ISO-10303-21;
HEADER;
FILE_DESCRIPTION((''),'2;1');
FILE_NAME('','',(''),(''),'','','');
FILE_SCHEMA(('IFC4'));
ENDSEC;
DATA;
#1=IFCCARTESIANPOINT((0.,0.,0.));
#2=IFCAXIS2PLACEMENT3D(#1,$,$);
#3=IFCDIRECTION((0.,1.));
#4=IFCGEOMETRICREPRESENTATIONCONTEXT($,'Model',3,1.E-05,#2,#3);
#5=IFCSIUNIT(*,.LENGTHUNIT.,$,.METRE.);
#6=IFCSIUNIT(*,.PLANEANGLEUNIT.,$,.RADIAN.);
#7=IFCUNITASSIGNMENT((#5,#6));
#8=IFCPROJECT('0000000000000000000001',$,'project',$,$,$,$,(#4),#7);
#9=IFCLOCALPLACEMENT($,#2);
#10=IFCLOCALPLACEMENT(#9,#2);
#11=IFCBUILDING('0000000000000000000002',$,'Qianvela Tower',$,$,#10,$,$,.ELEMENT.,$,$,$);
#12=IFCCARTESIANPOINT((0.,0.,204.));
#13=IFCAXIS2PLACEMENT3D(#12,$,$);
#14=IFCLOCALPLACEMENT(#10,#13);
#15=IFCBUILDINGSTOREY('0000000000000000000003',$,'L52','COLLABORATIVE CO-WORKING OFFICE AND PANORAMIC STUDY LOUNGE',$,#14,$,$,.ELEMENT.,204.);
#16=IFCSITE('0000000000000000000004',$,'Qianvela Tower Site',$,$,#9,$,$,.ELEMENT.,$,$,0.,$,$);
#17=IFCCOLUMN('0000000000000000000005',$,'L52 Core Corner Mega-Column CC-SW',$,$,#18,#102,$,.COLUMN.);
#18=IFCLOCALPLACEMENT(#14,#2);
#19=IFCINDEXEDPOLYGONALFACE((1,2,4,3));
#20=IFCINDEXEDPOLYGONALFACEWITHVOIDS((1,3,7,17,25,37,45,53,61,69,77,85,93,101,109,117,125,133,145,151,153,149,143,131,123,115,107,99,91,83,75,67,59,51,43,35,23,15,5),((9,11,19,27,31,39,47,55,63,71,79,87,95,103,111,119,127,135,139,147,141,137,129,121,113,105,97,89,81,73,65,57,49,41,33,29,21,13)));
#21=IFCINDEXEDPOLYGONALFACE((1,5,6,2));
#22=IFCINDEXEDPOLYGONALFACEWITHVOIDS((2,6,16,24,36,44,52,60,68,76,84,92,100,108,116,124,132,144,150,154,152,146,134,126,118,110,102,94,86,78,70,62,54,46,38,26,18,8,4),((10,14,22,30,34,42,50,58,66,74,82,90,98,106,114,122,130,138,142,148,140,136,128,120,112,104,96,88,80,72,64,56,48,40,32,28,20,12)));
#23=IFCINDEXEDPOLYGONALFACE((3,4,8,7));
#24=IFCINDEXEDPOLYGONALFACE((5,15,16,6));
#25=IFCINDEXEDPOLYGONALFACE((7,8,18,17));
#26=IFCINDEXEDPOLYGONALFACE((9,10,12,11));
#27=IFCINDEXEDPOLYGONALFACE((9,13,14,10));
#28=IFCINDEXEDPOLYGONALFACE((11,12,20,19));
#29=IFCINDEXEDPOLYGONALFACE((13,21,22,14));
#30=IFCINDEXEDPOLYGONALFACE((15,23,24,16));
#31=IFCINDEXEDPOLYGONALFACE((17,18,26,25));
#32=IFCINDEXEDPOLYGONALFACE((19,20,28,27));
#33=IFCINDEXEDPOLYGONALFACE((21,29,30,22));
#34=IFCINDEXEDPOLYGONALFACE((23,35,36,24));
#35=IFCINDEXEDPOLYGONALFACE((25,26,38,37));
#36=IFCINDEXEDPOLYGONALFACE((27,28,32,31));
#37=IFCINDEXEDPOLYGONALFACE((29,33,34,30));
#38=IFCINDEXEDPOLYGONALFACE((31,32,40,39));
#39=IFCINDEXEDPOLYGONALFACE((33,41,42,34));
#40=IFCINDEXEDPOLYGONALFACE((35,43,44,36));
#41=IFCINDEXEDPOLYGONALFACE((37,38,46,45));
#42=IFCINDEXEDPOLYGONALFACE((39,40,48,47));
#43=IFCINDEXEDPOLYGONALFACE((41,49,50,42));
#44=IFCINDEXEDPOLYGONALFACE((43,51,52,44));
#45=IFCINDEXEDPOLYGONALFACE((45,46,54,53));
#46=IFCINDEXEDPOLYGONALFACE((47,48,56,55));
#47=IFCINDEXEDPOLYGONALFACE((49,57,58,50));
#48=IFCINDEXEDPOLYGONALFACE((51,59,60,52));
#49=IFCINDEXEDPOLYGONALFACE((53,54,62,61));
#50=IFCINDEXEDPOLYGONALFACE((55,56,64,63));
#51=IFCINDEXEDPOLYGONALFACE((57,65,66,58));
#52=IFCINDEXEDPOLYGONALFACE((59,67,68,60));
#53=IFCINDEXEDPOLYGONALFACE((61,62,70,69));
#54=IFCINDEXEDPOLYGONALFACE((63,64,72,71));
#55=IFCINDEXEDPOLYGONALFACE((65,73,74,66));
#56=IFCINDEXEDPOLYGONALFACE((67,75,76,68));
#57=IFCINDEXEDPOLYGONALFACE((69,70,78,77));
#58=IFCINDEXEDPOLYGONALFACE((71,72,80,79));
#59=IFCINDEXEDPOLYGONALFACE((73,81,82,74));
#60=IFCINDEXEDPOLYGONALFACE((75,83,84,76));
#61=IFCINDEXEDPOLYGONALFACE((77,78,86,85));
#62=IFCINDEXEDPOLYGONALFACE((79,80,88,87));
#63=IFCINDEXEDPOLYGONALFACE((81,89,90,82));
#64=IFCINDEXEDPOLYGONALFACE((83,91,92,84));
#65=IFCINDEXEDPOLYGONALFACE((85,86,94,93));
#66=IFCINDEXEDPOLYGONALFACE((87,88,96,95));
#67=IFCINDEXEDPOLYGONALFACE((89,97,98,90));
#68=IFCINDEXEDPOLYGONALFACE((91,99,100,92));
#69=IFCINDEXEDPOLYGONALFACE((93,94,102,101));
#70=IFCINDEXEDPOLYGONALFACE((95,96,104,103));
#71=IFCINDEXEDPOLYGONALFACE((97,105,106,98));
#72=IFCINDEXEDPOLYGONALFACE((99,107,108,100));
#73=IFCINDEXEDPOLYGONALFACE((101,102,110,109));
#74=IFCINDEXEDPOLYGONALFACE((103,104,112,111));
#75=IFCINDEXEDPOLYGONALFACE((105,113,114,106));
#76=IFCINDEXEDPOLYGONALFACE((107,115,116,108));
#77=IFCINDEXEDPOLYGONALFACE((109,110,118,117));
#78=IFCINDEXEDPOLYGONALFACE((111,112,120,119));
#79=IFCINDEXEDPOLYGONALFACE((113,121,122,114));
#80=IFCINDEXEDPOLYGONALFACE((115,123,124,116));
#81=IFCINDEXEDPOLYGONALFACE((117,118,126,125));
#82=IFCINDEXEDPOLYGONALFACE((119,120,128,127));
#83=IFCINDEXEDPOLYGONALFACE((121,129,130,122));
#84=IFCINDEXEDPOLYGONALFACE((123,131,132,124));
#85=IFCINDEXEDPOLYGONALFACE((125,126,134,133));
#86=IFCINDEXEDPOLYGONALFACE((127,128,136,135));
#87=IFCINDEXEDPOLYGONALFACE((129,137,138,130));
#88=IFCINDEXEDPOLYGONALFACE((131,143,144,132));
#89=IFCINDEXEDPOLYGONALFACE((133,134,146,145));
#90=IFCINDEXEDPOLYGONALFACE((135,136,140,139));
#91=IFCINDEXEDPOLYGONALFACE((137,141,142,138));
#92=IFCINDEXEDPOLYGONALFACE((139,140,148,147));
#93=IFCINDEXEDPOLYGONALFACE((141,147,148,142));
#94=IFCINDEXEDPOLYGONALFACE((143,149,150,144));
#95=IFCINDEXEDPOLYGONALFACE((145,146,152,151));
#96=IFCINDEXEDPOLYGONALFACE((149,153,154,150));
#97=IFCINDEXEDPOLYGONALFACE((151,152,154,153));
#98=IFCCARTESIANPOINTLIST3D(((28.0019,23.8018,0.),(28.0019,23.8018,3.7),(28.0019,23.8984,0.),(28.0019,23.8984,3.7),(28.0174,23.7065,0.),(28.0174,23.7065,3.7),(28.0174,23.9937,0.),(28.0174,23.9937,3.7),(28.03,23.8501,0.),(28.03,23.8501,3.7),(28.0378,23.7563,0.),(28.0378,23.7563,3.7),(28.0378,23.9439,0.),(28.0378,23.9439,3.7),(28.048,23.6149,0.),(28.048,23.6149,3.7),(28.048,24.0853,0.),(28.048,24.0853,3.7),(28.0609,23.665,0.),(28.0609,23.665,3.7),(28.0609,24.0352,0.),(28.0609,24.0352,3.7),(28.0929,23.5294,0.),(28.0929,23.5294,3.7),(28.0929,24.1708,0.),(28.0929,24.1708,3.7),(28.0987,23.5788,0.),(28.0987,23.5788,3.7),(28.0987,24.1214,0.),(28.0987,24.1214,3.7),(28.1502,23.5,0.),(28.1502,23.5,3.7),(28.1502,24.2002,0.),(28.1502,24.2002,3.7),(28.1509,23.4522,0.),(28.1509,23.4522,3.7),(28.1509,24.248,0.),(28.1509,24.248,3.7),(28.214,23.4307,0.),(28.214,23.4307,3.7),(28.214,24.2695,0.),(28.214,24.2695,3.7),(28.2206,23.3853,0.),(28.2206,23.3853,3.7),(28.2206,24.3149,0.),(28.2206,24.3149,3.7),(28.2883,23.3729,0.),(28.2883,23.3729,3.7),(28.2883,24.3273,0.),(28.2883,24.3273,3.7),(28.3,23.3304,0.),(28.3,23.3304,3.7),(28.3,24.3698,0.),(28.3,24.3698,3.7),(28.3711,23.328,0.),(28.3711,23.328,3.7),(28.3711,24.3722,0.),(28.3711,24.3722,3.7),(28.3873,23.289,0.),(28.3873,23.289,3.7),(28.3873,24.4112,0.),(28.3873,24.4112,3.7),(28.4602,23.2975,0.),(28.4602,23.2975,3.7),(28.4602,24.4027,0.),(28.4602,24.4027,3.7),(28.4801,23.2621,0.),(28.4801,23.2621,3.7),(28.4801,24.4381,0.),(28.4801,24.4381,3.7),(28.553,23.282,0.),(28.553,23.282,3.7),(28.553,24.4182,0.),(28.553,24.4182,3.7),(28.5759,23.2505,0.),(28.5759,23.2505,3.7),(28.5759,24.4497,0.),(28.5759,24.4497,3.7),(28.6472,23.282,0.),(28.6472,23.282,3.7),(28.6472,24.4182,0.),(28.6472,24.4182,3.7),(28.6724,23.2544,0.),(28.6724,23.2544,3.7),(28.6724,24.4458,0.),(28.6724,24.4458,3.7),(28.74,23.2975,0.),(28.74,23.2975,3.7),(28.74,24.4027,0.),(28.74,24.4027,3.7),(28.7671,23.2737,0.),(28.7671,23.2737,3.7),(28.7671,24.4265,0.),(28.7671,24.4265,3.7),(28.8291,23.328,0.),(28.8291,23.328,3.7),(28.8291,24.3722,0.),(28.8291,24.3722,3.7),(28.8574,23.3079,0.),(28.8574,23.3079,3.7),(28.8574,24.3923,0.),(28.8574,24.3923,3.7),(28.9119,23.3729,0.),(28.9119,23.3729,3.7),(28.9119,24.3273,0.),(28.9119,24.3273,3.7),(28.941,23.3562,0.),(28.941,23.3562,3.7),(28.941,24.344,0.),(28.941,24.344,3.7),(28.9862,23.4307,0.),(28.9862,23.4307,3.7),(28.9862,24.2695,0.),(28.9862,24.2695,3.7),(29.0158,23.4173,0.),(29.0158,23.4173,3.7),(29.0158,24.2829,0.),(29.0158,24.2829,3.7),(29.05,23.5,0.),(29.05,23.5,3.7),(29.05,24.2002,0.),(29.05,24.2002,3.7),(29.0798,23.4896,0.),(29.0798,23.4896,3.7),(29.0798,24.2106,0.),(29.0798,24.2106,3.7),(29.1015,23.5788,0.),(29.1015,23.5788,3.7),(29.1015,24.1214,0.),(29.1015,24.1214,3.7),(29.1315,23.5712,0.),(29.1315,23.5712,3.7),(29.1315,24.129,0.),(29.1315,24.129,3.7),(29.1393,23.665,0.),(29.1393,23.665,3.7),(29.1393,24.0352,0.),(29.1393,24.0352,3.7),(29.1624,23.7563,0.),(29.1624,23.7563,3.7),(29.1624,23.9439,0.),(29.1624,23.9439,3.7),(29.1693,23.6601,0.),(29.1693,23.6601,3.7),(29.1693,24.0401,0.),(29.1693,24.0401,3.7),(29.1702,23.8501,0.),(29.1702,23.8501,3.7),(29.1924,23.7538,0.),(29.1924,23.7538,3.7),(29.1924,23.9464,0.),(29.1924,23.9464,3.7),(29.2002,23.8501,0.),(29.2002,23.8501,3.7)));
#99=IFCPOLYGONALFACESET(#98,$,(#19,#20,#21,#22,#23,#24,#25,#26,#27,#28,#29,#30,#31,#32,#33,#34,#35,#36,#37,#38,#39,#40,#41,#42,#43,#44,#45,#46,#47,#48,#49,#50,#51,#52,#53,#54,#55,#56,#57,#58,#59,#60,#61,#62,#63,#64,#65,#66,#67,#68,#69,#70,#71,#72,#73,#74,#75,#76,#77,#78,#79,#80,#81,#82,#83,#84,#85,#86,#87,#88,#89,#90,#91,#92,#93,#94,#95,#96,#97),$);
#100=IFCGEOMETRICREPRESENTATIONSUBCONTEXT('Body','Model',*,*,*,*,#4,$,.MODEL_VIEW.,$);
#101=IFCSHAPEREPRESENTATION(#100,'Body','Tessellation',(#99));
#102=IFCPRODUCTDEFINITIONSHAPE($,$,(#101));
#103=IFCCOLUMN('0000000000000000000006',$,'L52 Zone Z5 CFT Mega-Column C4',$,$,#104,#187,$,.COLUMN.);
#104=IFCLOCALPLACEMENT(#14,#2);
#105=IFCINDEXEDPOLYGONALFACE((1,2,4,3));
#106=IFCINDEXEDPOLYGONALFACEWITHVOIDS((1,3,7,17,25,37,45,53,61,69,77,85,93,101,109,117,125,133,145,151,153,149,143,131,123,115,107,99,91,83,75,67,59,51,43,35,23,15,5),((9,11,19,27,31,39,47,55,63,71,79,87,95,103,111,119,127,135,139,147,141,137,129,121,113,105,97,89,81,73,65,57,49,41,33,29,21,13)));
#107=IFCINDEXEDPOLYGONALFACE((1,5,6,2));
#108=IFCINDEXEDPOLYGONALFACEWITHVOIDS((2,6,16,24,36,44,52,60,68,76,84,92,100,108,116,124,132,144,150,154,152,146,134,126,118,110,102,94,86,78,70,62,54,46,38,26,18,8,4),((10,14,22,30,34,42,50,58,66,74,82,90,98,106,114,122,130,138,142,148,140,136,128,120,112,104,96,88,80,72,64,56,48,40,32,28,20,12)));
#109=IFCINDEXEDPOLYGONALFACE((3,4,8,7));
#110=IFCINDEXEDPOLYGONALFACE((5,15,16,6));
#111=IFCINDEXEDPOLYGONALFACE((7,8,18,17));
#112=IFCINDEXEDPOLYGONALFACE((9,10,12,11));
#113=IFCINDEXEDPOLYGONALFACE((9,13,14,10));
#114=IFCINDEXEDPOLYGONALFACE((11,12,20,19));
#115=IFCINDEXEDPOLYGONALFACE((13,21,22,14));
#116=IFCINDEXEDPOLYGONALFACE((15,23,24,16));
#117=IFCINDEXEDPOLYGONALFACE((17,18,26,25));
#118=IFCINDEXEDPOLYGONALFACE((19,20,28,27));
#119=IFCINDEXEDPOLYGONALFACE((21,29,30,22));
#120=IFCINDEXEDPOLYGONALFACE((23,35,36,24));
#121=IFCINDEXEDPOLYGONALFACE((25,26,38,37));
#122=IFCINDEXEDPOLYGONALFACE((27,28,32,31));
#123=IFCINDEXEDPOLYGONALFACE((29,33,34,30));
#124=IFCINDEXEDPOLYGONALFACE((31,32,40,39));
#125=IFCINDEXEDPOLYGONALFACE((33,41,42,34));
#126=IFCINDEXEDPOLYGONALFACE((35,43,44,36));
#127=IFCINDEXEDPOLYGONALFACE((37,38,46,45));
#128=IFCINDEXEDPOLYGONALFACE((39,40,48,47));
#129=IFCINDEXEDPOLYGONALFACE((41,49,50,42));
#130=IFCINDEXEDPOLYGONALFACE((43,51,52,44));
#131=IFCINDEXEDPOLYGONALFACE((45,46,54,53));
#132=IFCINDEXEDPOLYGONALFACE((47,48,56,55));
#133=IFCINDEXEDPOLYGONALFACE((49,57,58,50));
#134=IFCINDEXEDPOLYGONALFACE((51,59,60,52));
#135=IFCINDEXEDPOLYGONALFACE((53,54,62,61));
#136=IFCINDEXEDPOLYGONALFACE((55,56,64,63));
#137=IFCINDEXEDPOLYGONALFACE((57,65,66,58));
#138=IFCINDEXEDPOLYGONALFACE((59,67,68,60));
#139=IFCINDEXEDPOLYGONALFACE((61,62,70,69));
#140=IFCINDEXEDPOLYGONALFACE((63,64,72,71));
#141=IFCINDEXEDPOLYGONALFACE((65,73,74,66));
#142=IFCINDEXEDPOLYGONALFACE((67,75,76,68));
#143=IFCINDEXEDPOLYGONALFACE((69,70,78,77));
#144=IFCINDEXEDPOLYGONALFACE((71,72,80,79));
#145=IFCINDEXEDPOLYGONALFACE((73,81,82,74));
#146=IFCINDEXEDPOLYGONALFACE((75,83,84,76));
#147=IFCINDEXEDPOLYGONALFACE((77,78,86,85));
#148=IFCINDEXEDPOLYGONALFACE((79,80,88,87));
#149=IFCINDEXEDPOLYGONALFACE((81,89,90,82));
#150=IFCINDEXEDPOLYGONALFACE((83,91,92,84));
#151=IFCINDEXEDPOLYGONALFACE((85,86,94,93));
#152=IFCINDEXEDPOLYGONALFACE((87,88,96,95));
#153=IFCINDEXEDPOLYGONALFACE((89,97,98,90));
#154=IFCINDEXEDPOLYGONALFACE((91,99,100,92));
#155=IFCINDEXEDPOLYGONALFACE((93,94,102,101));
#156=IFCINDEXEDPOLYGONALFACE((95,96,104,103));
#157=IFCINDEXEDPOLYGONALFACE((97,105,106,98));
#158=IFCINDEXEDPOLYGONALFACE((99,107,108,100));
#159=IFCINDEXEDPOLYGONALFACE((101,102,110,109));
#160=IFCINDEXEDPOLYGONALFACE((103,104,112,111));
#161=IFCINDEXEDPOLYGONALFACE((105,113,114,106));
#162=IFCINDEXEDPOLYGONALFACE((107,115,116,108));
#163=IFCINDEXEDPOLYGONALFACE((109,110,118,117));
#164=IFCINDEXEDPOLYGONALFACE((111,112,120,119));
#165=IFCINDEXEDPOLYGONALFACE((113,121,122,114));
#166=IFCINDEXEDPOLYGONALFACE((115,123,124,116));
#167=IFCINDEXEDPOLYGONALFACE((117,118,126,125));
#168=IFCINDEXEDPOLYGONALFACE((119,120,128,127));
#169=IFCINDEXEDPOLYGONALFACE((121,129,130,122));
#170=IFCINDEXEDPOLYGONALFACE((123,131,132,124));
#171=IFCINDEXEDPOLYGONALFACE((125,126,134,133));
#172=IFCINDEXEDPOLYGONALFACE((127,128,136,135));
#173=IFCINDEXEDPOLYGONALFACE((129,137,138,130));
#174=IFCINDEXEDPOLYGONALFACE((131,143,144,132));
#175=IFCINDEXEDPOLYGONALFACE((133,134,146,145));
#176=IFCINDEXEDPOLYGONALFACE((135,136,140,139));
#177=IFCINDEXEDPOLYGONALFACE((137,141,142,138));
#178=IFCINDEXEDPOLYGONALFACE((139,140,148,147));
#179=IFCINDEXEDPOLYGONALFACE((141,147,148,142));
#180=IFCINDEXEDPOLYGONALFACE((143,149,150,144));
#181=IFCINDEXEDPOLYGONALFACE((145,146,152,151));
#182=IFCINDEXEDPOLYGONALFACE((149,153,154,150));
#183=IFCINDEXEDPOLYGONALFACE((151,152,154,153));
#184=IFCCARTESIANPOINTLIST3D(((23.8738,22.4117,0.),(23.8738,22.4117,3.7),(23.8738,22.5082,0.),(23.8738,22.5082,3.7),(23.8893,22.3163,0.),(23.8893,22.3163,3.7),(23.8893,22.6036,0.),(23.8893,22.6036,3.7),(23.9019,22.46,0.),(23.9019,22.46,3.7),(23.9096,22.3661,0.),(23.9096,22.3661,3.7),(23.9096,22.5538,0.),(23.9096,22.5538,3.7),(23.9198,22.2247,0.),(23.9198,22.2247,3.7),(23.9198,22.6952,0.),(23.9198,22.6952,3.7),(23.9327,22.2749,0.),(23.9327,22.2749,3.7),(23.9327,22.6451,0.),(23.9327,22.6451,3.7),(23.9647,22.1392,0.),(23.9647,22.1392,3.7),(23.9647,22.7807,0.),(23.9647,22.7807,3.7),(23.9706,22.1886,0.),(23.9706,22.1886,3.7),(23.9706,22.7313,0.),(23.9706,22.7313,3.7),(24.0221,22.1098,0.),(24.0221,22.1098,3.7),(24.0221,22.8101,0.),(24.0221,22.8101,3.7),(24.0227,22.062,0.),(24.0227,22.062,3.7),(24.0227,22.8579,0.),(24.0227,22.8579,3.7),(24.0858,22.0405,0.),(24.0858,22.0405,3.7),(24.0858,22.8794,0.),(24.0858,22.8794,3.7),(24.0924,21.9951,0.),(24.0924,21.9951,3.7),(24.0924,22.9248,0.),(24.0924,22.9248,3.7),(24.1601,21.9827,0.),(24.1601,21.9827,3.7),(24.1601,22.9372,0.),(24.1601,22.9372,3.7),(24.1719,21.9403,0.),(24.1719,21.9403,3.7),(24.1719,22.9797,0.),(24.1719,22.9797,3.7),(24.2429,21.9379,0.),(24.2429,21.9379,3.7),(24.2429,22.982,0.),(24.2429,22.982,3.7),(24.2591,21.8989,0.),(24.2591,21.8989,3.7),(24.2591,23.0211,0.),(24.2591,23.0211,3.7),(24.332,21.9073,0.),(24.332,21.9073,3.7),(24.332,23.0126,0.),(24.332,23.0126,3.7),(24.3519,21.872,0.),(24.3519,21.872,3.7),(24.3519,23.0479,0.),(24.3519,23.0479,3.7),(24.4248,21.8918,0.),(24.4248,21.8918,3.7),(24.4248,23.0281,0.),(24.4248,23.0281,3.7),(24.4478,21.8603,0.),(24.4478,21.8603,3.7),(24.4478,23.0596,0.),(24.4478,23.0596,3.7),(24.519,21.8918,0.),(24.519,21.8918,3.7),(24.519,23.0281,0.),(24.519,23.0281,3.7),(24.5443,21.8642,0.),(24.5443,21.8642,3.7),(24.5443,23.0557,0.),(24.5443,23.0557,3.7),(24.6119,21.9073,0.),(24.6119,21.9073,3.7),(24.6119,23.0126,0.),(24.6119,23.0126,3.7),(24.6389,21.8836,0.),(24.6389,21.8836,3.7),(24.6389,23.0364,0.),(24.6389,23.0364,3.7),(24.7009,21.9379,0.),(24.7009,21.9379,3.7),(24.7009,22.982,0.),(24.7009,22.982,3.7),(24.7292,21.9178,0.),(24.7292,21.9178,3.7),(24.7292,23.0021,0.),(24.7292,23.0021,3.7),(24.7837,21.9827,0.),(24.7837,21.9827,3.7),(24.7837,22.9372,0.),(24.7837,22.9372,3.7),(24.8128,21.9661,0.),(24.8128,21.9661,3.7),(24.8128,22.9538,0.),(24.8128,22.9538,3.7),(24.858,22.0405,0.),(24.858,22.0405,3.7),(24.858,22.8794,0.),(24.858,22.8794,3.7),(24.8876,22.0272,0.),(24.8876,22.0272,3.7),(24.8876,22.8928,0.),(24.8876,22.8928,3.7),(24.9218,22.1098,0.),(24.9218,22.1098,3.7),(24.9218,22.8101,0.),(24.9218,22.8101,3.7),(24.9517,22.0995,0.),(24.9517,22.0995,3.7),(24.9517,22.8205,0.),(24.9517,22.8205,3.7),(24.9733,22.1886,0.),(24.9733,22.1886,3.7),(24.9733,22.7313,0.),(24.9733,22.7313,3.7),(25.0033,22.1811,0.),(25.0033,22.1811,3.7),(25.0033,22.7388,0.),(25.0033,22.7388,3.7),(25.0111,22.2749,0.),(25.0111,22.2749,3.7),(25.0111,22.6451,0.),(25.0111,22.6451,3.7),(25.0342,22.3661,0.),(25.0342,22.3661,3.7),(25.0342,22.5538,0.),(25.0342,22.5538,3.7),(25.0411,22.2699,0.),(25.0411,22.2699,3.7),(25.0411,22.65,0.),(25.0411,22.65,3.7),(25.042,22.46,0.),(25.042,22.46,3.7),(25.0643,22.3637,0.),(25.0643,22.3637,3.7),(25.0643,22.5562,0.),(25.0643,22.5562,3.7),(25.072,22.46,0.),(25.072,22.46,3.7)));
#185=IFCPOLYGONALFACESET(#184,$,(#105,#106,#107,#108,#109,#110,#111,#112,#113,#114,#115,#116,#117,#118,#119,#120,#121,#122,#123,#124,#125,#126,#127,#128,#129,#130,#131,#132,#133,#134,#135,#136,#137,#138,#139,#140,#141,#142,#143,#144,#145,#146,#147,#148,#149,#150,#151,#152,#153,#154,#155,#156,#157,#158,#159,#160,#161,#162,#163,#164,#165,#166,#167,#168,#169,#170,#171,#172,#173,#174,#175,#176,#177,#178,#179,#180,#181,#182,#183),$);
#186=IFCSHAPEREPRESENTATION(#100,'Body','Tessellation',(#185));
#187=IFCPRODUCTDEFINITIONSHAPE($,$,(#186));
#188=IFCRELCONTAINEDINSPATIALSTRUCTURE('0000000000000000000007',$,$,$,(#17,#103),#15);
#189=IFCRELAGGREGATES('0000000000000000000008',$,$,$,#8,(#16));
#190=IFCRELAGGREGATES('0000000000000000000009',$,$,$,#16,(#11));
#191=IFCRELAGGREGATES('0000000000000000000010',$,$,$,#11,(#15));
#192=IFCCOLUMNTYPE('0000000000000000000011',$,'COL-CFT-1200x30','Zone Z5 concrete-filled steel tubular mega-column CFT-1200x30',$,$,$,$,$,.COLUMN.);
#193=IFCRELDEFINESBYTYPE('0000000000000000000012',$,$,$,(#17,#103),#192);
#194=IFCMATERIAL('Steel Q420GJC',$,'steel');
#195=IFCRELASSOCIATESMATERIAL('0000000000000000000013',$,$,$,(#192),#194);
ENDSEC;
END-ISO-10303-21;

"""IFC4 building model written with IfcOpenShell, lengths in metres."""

from ifc_helpers import new_model, si_unit, direction, frame, origin, origin_2d, place, context, subcontext, project, spatial, hollow_circle, extrude, material, material_profile, profile_set, type_object, element, save


model = new_model("IFC4")

# Units and contexts
model_context = context("Model", 3, precision=1e-05, world=origin(), true_north=direction((0.0, 1.0)))
body_context = subcontext(model_context, "Body", "Model", "MODEL_VIEW")
ifc_project = project(units=[si_unit("LENGTHUNIT", "METRE"), si_unit("PLANEANGLEUNIT", "RADIAN")], contexts=[model_context])

# Site, building, storey
site_placement = place(None, origin())
site = spatial("IfcSite", under=ifc_project, at=site_placement, Name="Qianvela Tower Site", CompositionType="ELEMENT", RefElevation=0.0)
building_placement = place(site_placement, origin())
building = spatial("IfcBuilding", under=site, at=building_placement, Name="Qianvela Tower", CompositionType="ELEMENT")
storey_placement = place(building_placement, frame((0.0, 0.0, 204.0)))
storey = spatial("IfcBuildingStorey", under=building, at=storey_placement, Name="L52", Description="COLLABORATIVE CO-WORKING OFFICE AND PANORAMIC STUDY LOUNGE", CompositionType="ELEMENT", Elevation=204.0)

# Columns
ifc_material_1 = material(Name="Steel Q420GJC", Category="steel")
ifc_material_profile_1 = material_profile(ifc_material_1, hollow_circle(Radius=0.6001, WallThickness=0.03, at=origin_2d()), Name="CFT-1200x30")
ifc_profile_set_1 = profile_set([ifc_material_profile_1], Name="Steel Q420GJC")
column_type = type_object("IfcColumnType", Name="COL-CFT-1200x30", Description="Zone Z5 concrete-filled steel tubular mega-column CFT-1200x30", PredefinedType="COLUMN", material=ifc_profile_set_1)
for number, where, z_axis, x_axis, name in (
    (1, (28.6001, 23.8501, 0.0), (0.0, 0.0, 1.0), (1.0, 0.0, 0.0), "L52 Core Corner Mega-Column CC-SW"),
    (2, (24.4719, 22.46, 0.0), (0.0, 0.0, 1.0), (1.0, 0.0, 0.0), "L52 Zone Z5 CFT Mega-Column C4"),
):
    element("IfcColumn", number, at=place(storey_placement, frame(where, z_axis=z_axis, x_axis=x_axis)), inside=storey, type_object=column_type, Name=name, PredefinedType="COLUMN", context=body_context, shape_type="SweptSolid", body=[
        extrude(hollow_circle(Radius=0.6001, WallThickness=0.03, at=origin_2d()), origin(), (0.0, 0.0, 1.0), 3.7),
    ])

save(model, "model.ifc")
